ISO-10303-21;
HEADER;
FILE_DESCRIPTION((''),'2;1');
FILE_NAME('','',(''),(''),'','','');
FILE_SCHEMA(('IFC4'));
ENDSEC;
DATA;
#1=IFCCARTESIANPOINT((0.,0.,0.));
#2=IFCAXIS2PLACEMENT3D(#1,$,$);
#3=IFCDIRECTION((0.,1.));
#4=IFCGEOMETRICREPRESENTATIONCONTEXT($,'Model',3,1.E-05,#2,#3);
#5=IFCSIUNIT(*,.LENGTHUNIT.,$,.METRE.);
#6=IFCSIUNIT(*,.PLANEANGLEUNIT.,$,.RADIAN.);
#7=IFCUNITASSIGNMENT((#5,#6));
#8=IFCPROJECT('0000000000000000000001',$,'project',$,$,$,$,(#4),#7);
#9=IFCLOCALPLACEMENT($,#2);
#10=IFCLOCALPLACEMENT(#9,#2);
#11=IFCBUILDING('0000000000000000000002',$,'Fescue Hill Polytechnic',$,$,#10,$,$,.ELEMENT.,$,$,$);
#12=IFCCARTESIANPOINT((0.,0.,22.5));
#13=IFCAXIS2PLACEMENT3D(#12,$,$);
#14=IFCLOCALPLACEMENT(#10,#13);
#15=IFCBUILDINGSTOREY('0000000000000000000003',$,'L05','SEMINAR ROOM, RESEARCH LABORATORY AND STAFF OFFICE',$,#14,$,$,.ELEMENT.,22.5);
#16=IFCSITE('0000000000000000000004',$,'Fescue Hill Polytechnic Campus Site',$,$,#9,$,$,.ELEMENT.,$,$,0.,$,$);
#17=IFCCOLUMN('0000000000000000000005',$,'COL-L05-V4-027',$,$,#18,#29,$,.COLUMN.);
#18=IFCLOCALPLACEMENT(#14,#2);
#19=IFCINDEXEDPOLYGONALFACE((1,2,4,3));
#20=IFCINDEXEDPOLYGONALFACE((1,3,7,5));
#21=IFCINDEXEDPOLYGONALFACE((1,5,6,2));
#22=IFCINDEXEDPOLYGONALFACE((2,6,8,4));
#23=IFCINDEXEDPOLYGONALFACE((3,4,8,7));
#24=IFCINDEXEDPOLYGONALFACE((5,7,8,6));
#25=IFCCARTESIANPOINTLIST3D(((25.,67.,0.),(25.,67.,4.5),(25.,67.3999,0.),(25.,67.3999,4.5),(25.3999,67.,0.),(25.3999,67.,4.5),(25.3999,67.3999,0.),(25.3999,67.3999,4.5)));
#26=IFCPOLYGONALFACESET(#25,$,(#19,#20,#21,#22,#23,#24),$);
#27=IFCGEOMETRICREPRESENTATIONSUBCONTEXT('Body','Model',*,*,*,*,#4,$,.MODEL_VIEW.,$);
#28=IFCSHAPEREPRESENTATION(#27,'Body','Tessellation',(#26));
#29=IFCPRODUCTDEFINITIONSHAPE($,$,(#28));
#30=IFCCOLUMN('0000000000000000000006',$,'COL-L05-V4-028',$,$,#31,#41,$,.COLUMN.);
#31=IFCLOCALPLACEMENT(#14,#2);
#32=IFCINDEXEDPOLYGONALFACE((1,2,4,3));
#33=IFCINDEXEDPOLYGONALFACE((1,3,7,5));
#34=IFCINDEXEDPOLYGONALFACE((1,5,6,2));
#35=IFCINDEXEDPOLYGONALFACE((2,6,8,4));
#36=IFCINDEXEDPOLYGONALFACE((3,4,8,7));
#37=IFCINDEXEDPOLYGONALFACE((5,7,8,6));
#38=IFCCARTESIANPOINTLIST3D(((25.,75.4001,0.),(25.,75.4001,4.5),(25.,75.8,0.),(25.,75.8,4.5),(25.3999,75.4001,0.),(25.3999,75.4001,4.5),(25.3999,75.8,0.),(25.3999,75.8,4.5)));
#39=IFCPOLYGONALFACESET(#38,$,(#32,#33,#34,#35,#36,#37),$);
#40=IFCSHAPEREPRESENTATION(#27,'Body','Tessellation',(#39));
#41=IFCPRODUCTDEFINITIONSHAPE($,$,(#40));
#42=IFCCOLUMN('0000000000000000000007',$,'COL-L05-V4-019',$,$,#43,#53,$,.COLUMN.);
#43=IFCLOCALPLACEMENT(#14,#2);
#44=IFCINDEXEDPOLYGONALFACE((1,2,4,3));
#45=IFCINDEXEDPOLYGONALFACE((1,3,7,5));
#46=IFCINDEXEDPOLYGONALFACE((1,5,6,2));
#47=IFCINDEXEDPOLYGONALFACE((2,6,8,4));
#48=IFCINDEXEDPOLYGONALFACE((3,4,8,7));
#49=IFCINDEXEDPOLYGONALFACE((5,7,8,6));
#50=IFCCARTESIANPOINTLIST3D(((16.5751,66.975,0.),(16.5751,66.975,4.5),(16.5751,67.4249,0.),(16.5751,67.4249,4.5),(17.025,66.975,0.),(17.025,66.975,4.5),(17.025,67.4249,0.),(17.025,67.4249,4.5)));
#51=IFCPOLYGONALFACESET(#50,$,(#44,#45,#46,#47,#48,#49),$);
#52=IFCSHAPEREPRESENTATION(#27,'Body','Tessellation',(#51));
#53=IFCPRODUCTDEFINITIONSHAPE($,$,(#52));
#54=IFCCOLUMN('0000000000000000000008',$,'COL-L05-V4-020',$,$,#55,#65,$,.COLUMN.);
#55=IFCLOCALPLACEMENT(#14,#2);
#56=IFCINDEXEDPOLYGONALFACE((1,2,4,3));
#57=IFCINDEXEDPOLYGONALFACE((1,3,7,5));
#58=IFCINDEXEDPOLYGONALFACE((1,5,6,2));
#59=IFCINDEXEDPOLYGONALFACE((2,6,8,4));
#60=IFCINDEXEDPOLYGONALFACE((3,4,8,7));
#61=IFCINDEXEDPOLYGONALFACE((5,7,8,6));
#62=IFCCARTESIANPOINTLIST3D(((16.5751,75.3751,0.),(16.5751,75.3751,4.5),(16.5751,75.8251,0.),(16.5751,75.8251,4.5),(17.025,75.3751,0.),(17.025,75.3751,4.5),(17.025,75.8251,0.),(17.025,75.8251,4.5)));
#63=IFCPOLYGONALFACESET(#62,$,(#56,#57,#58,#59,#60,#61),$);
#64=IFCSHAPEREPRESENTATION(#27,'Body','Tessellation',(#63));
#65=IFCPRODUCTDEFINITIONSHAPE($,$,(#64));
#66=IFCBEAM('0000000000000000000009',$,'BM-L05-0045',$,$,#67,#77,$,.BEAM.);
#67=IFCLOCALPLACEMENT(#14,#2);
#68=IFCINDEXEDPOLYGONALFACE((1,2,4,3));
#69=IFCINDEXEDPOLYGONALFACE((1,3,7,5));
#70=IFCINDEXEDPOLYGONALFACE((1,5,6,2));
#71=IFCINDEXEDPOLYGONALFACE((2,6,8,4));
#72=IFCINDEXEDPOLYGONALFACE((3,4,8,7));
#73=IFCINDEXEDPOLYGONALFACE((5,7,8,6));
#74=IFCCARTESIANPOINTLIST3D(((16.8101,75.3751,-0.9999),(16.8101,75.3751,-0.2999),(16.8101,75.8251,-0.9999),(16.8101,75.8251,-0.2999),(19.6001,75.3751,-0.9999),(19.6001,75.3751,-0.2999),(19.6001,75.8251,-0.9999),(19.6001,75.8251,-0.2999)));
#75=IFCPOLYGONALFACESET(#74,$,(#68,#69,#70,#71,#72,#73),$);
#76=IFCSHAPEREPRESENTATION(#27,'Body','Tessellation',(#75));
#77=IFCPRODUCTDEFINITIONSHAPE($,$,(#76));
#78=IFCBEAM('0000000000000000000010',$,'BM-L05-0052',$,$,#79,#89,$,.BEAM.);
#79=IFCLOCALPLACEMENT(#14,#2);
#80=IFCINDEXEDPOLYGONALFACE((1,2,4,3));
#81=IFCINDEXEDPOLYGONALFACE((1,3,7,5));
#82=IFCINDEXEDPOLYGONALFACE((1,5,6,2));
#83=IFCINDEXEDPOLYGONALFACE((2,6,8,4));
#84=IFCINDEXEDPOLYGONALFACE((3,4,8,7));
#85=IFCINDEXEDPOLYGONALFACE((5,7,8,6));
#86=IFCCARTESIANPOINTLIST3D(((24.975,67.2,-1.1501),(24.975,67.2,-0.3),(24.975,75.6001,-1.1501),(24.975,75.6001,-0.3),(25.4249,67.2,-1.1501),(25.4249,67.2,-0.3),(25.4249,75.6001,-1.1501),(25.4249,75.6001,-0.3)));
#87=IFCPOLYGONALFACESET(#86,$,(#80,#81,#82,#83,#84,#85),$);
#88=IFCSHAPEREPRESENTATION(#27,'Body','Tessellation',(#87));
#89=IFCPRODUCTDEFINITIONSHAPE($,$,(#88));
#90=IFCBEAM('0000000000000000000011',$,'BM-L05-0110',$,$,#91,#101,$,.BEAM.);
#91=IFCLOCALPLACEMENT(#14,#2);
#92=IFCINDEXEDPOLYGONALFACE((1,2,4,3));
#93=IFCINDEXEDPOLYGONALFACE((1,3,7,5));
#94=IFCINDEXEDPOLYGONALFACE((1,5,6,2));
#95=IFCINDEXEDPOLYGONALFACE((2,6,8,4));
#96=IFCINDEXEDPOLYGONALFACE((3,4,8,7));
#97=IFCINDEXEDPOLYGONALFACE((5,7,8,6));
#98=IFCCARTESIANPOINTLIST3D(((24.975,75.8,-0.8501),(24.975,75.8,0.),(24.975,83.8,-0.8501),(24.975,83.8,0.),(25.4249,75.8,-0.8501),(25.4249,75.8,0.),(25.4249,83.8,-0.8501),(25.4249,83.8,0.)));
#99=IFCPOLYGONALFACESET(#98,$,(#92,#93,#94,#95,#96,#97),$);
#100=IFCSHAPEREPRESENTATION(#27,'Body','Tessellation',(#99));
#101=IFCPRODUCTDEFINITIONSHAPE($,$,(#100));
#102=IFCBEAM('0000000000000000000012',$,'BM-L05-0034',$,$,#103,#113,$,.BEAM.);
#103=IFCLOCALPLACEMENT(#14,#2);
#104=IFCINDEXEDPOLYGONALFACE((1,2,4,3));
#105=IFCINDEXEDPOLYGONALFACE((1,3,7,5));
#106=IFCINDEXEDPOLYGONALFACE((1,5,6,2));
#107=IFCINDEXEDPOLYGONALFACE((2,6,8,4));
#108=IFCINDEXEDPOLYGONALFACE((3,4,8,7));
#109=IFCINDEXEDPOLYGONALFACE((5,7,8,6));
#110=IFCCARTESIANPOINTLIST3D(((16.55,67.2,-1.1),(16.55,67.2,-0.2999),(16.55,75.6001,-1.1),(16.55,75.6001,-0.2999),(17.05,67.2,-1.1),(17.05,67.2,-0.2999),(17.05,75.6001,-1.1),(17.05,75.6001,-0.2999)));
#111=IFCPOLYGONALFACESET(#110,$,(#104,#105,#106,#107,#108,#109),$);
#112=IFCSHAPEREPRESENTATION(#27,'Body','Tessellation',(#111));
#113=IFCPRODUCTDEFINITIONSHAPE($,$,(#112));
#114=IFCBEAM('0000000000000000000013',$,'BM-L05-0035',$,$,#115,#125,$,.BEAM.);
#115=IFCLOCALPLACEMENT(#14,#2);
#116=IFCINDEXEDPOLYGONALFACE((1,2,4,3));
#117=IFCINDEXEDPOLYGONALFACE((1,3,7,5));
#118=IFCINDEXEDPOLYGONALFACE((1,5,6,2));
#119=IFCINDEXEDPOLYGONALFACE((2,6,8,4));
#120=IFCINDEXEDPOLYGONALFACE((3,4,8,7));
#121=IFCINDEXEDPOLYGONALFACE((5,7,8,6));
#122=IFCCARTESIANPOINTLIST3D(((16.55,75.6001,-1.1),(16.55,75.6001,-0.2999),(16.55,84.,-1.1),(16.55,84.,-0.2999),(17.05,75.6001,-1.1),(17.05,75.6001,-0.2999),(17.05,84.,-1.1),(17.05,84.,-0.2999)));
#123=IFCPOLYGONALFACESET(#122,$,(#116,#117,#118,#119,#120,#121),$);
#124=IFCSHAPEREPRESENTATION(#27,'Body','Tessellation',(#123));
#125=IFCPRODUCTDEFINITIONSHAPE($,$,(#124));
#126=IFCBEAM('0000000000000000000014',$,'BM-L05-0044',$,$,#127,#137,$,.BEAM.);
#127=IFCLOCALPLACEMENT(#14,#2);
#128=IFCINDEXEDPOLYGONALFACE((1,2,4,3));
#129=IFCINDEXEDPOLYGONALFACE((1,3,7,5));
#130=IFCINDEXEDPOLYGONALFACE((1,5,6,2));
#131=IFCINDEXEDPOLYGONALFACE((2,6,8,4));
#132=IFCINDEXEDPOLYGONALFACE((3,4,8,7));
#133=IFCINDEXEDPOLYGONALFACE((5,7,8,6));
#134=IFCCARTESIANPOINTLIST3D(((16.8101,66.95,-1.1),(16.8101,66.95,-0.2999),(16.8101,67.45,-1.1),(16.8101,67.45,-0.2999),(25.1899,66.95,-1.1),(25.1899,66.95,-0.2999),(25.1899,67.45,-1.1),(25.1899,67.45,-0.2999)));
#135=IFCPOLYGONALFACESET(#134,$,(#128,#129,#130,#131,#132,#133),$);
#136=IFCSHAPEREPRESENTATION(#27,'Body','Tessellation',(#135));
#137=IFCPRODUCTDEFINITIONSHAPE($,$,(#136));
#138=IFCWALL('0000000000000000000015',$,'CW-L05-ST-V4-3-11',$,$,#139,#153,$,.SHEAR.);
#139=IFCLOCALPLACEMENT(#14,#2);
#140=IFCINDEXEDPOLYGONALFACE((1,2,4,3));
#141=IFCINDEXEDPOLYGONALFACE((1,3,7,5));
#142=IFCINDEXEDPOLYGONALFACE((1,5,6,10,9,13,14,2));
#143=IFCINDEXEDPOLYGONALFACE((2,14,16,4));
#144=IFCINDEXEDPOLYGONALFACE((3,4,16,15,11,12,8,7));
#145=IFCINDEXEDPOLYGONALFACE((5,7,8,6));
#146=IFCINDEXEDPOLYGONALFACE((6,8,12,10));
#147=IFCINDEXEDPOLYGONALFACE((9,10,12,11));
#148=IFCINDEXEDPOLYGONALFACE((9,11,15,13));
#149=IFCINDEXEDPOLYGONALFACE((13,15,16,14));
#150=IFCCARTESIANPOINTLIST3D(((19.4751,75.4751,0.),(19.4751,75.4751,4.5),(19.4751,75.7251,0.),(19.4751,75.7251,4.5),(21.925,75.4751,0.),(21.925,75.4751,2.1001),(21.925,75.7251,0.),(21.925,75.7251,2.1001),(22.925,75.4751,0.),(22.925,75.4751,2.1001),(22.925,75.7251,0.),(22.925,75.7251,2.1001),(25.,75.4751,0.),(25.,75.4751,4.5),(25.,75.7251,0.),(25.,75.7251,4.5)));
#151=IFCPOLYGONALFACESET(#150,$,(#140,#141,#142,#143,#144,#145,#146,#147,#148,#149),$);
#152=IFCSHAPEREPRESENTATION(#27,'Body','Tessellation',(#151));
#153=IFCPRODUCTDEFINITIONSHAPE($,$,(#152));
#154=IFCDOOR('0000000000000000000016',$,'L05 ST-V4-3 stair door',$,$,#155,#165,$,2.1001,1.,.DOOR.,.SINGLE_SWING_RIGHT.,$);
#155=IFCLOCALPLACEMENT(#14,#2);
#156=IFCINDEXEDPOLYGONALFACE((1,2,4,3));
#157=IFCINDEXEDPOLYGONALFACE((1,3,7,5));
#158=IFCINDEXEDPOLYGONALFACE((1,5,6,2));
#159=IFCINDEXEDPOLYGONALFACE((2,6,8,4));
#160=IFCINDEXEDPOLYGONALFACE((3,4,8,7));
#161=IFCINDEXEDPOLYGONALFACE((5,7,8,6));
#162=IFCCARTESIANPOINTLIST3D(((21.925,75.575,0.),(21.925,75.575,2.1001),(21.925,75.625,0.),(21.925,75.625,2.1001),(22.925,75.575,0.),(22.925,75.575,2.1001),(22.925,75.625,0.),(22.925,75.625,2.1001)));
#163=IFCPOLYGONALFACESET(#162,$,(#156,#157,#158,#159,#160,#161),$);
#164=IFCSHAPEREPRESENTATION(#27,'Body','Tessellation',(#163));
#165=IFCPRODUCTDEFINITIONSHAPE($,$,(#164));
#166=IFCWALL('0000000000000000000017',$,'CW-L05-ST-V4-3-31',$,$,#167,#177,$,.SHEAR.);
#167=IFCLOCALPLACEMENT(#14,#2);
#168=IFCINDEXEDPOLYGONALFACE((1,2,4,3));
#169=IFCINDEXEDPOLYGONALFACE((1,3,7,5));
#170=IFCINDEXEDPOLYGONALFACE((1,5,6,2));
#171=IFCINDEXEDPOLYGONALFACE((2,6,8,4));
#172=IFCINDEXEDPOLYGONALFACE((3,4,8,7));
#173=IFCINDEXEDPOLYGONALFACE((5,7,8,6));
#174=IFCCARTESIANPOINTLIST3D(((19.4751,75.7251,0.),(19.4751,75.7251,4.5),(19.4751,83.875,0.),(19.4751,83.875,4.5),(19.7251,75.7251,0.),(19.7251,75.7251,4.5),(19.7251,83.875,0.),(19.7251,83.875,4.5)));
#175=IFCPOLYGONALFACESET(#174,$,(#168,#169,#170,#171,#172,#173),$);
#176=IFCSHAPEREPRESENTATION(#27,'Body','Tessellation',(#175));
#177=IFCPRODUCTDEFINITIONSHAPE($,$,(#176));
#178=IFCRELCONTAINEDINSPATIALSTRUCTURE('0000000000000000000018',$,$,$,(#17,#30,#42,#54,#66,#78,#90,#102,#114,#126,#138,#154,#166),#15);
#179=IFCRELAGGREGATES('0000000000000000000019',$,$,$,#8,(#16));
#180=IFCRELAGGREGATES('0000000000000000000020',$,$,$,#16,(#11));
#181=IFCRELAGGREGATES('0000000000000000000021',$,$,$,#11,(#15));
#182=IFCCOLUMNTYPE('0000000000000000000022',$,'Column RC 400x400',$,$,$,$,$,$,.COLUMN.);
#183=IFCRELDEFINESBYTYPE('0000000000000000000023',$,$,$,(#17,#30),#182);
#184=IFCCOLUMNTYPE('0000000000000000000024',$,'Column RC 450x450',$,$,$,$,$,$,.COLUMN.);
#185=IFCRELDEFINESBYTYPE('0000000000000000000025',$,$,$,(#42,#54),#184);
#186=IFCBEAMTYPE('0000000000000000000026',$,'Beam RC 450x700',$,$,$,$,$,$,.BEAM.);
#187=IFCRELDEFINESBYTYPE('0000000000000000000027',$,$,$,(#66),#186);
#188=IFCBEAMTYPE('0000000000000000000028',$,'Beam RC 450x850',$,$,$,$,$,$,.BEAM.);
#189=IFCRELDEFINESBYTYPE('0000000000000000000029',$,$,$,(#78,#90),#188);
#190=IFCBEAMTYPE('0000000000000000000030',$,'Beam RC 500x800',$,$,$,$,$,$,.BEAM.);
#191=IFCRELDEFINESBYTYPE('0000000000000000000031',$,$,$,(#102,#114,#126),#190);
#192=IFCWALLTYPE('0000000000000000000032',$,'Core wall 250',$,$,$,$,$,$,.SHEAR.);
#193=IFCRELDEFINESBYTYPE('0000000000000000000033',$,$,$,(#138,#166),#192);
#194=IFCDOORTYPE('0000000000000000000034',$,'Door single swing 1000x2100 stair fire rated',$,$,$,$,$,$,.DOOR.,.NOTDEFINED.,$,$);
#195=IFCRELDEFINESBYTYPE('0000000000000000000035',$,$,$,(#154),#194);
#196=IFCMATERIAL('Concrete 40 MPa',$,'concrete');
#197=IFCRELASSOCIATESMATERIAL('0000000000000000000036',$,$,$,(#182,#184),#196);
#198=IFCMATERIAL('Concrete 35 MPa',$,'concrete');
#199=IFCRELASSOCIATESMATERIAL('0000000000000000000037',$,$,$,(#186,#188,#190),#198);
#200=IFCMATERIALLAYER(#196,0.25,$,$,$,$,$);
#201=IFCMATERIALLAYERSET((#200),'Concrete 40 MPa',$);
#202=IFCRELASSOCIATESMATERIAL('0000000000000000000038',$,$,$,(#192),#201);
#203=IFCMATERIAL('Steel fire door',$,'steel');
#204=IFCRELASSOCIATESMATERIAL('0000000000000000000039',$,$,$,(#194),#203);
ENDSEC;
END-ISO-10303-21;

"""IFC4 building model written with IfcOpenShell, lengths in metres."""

from ifc_helpers import new_model, si_unit, direction, frame, frame_2d, origin, origin_2d, place, context, subcontext, project, spatial, rectangle, extrude, material, layer, layer_set, material_profile, profile_set, type_object, element, fill, save


model = new_model("IFC4")

# Units and contexts
model_context = context("Model", 3, precision=1e-05, world=origin(), true_north=direction((0.0, 1.0)))
body_context = subcontext(model_context, "Body", "Model", "MODEL_VIEW")
ifc_project = project(units=[si_unit("LENGTHUNIT", "METRE"), si_unit("PLANEANGLEUNIT", "RADIAN")], contexts=[model_context])

# Site, building, storey
site_placement = place(None, origin())
site = spatial("IfcSite", under=ifc_project, at=site_placement, Name="Fescue Hill Polytechnic Campus Site", CompositionType="ELEMENT", RefElevation=0.0)
building_placement = place(site_placement, origin())
building = spatial("IfcBuilding", under=site, at=building_placement, Name="Fescue Hill Polytechnic", CompositionType="ELEMENT")
storey_placement = place(building_placement, frame((0.0, 0.0, 22.5)))
storey = spatial("IfcBuildingStorey", under=building, at=storey_placement, Name="L05", Description="SEMINAR ROOM, RESEARCH LABORATORY AND STAFF OFFICE", CompositionType="ELEMENT", Elevation=22.5)

# Columns
ifc_material_1 = material(Name="Concrete 40 MPa", Category="concrete")
ifc_material_profile_1 = material_profile(ifc_material_1, rectangle(XDim=0.3999, YDim=0.3999, at=origin_2d()), Name="RC 400x400")
ifc_profile_set_1 = profile_set([ifc_material_profile_1], Name="Concrete 40 MPa")
column_type_1 = type_object("IfcColumnType", Name="Column RC 400x400", PredefinedType="COLUMN", material=ifc_profile_set_1)
for number, where, z_axis, x_axis, name in (
    (1, (25.2, 67.2, 0.0), (0.0, 0.0, 1.0), (1.0, 0.0, 0.0), "COL-L05-V4-027"),
    (2, (25.2, 75.6001, 0.0), (0.0, 0.0, 1.0), (1.0, 0.0, 0.0), "COL-L05-V4-028"),
):
    element("IfcColumn", number, at=place(storey_placement, frame(where, z_axis=z_axis, x_axis=x_axis)), inside=storey, type_object=column_type_1, Name=name, PredefinedType="COLUMN", context=body_context, shape_type="SweptSolid", body=[
        extrude(rectangle(XDim=0.3999, YDim=0.3999, at=origin_2d()), origin(), (0.0, 0.0, 1.0), 4.5),
    ])
ifc_material_profile_2 = material_profile(ifc_material_1, rectangle(XDim=0.45, YDim=0.45, at=origin_2d()), Name="RC 450x450")
ifc_profile_set_2 = profile_set([ifc_material_profile_2], Name="Concrete 40 MPa")
column_type_2 = type_object("IfcColumnType", Name="Column RC 450x450", PredefinedType="COLUMN", material=ifc_profile_set_2)
for number, where, z_axis, x_axis, name in (
    (3, (16.8, 67.2, 0.0), (0.0, 0.0, 1.0), (1.0, 0.0, 0.0), "COL-L05-V4-019"),
    (4, (16.8, 75.6001, 0.0), (0.0, 0.0, 1.0), (1.0, 0.0, 0.0), "COL-L05-V4-020"),
):
    element("IfcColumn", number, at=place(storey_placement, frame(where, z_axis=z_axis, x_axis=x_axis)), inside=storey, type_object=column_type_2, Name=name, PredefinedType="COLUMN", context=body_context, shape_type="SweptSolid", body=[
        extrude(rectangle(XDim=0.45, YDim=0.45, at=origin_2d()), origin(), (0.0, 0.0, 1.0), 4.5),
    ])

# Beams
ifc_material_2 = material(Name="Concrete 35 MPa", Category="concrete")
ifc_material_profile_3 = material_profile(ifc_material_2, rectangle(XDim=0.45, YDim=0.7, at=origin_2d()), Name="RC 450x700")
ifc_profile_set_3 = profile_set([ifc_material_profile_3], Name="Concrete 35 MPa")
beam_type_1 = type_object("IfcBeamType", Name="Beam RC 450x700", PredefinedType="BEAM", material=ifc_profile_set_3)
beam_1_placement = place(storey_placement, frame((16.8101, 75.6001, -0.6499), z_axis=(1.0, 0.0, 0.0), x_axis=(0.0, 1.0, 0.0)))
element("IfcBeam", 5, at=beam_1_placement, inside=storey, type_object=beam_type_1, Name="BM-L05-0045", PredefinedType="BEAM", context=body_context, shape_type="SweptSolid", body=[
    extrude(rectangle(XDim=0.45, YDim=0.7, at=origin_2d()), origin(), (0.0, 0.0, 1.0), 2.79),
])
ifc_material_profile_4 = material_profile(ifc_material_2, rectangle(XDim=0.45, YDim=0.8501, at=origin_2d()), Name="RC 450x850")
ifc_profile_set_4 = profile_set([ifc_material_profile_4], Name="Concrete 35 MPa")
beam_type_2 = type_object("IfcBeamType", Name="Beam RC 450x850", PredefinedType="BEAM", material=ifc_profile_set_4)
beam_2_placement = place(storey_placement, frame((25.2, 67.2, -0.7251), z_axis=(0.0, 1.0, 0.0), x_axis=(-1.0, 0.0, 0.0)))
element("IfcBeam", 6, at=beam_2_placement, inside=storey, type_object=beam_type_2, Name="BM-L05-0052", PredefinedType="BEAM", context=body_context, shape_type="SweptSolid", body=[
    extrude(rectangle(XDim=0.45, YDim=0.8501, at=origin_2d()), origin(), (0.0, 0.0, 1.0), 8.4001),
])
beam_3_placement = place(storey_placement, frame((25.2, 75.8, -0.425), z_axis=(0.0, 1.0, 0.0), x_axis=(-1.0, 0.0, 0.0)))
element("IfcBeam", 7, at=beam_3_placement, inside=storey, type_object=beam_type_2, Name="BM-L05-0110", PredefinedType="BEAM", context=body_context, shape_type="SweptSolid", body=[
    extrude(rectangle(XDim=0.45, YDim=0.8501, at=origin_2d()), origin(), (0.0, 0.0, 1.0), 8.0),
])
ifc_material_profile_5 = material_profile(ifc_material_2, rectangle(XDim=0.5, YDim=0.8, at=origin_2d()), Name="RC 500x800")
ifc_profile_set_5 = profile_set([ifc_material_profile_5], Name="Concrete 35 MPa")
beam_type_3 = type_object("IfcBeamType", Name="Beam RC 500x800", PredefinedType="BEAM", material=ifc_profile_set_5)
beam_4_placement = place(storey_placement, frame((16.8, 67.2, -0.7), z_axis=(0.0, 1.0, 0.0), x_axis=(-1.0, 0.0, 0.0)))
element("IfcBeam", 8, at=beam_4_placement, inside=storey, type_object=beam_type_3, Name="BM-L05-0034", PredefinedType="BEAM", context=body_context, shape_type="SweptSolid", body=[
    extrude(rectangle(XDim=0.5, YDim=0.8, at=origin_2d()), origin(), (0.0, 0.0, 1.0), 8.4001),
])
beam_5_placement = place(storey_placement, frame((16.8, 75.6001, -0.7), z_axis=(0.0, 1.0, 0.0), x_axis=(-1.0, 0.0, 0.0)))
element("IfcBeam", 9, at=beam_5_placement, inside=storey, type_object=beam_type_3, Name="BM-L05-0035", PredefinedType="BEAM", context=body_context, shape_type="SweptSolid", body=[
    extrude(rectangle(XDim=0.5, YDim=0.8, at=origin_2d()), origin(), (0.0, 0.0, 1.0), 8.3999),
])
beam_6_placement = place(storey_placement, frame((16.8101, 67.2, -0.7), z_axis=(1.0, 0.0, 0.0), x_axis=(0.0, 1.0, 0.0)))
element("IfcBeam", 10, at=beam_6_placement, inside=storey, type_object=beam_type_3, Name="BM-L05-0044", PredefinedType="BEAM", context=body_context, shape_type="SweptSolid", body=[
    extrude(rectangle(XDim=0.5, YDim=0.8, at=origin_2d()), origin(), (0.0, 0.0, 1.0), 8.3799),
])

# Wall, opening, door
ifc_layer_1 = layer(ifc_material_1, 0.25)
ifc_layer_set_1 = layer_set([ifc_layer_1], Name="Concrete 40 MPa")
wall_type_1 = type_object("IfcWallType", Name="Core wall 250", PredefinedType="SHEAR", material=ifc_layer_set_1)
wall_1_placement = place(storey_placement, frame((19.4751, 75.6001, 0.0), z_axis=(0.0, 0.0, 1.0), x_axis=(1.0, 0.0, 0.0)))
wall_1 = element("IfcWall", 11, at=wall_1_placement, inside=storey, type_object=wall_type_1, Name="CW-L05-ST-V4-3-11", PredefinedType="SHEAR", context=body_context, shape_type="SweptSolid", body=[
    extrude(rectangle(XDim=5.5249, YDim=0.25, at=frame_2d((2.7625, 0.0))), origin(), (0.0, 0.0, 1.0), 4.5),
])
opening_1_placement = place(wall_1_placement, frame((2.45, 0.0, 0.0)))
opening_1 = element("IfcOpeningElement", 12, at=opening_1_placement, cuts=wall_1, PredefinedType="OPENING", context=body_context, shape_type="SweptSolid", body=[
    extrude(rectangle(XDim=1.0, YDim=2.1001, at=frame_2d((0.5, 1.05))), frame((0.0, 0.135, 0.0), z_axis=(0.0, -1.0, 0.0), x_axis=(1.0, 0.0, 0.0)), (0.0, 0.0, 1.0), 0.27),
])
ifc_material_3 = material(Name="Steel fire door", Category="steel")
door_type_1 = type_object("IfcDoorType", Name="Door single swing 1000x2100 stair fire rated", OperationType="NOTDEFINED", PredefinedType="DOOR", material=ifc_material_3)
door_1_placement = place(opening_1_placement, origin())
door_1 = element("IfcDoor", 13, at=door_1_placement, inside=storey, type_object=door_type_1, Name="L05 ST-V4-3 stair door", OperationType="SINGLE_SWING_RIGHT", OverallHeight=2.1001, OverallWidth=1.0, PredefinedType="DOOR", context=body_context, shape_type="SweptSolid", body=[
    extrude(rectangle(XDim=1.0, YDim=2.1001, at=frame_2d((0.5, 1.05))), frame((0.0, 0.0249, 0.0), z_axis=(0.0, -1.0, 0.0), x_axis=(1.0, 0.0, 0.0)), (0.0, 0.0, 1.0), 0.05),
])
fill(opening_1, door_1)

# Wall
wall_2_placement = place(storey_placement, frame((19.6001, 75.7251, 0.0), z_axis=(0.0, 0.0, 1.0), x_axis=(0.0, 1.0, 0.0)))
element("IfcWall", 14, at=wall_2_placement, inside=storey, type_object=wall_type_1, Name="CW-L05-ST-V4-3-31", PredefinedType="SHEAR", context=body_context, shape_type="SweptSolid", body=[
    extrude(rectangle(XDim=8.1499, YDim=0.25, at=frame_2d((4.075, 0.0))), origin(), (0.0, 0.0, 1.0), 4.5),
])

save(model, "model.ifc")
